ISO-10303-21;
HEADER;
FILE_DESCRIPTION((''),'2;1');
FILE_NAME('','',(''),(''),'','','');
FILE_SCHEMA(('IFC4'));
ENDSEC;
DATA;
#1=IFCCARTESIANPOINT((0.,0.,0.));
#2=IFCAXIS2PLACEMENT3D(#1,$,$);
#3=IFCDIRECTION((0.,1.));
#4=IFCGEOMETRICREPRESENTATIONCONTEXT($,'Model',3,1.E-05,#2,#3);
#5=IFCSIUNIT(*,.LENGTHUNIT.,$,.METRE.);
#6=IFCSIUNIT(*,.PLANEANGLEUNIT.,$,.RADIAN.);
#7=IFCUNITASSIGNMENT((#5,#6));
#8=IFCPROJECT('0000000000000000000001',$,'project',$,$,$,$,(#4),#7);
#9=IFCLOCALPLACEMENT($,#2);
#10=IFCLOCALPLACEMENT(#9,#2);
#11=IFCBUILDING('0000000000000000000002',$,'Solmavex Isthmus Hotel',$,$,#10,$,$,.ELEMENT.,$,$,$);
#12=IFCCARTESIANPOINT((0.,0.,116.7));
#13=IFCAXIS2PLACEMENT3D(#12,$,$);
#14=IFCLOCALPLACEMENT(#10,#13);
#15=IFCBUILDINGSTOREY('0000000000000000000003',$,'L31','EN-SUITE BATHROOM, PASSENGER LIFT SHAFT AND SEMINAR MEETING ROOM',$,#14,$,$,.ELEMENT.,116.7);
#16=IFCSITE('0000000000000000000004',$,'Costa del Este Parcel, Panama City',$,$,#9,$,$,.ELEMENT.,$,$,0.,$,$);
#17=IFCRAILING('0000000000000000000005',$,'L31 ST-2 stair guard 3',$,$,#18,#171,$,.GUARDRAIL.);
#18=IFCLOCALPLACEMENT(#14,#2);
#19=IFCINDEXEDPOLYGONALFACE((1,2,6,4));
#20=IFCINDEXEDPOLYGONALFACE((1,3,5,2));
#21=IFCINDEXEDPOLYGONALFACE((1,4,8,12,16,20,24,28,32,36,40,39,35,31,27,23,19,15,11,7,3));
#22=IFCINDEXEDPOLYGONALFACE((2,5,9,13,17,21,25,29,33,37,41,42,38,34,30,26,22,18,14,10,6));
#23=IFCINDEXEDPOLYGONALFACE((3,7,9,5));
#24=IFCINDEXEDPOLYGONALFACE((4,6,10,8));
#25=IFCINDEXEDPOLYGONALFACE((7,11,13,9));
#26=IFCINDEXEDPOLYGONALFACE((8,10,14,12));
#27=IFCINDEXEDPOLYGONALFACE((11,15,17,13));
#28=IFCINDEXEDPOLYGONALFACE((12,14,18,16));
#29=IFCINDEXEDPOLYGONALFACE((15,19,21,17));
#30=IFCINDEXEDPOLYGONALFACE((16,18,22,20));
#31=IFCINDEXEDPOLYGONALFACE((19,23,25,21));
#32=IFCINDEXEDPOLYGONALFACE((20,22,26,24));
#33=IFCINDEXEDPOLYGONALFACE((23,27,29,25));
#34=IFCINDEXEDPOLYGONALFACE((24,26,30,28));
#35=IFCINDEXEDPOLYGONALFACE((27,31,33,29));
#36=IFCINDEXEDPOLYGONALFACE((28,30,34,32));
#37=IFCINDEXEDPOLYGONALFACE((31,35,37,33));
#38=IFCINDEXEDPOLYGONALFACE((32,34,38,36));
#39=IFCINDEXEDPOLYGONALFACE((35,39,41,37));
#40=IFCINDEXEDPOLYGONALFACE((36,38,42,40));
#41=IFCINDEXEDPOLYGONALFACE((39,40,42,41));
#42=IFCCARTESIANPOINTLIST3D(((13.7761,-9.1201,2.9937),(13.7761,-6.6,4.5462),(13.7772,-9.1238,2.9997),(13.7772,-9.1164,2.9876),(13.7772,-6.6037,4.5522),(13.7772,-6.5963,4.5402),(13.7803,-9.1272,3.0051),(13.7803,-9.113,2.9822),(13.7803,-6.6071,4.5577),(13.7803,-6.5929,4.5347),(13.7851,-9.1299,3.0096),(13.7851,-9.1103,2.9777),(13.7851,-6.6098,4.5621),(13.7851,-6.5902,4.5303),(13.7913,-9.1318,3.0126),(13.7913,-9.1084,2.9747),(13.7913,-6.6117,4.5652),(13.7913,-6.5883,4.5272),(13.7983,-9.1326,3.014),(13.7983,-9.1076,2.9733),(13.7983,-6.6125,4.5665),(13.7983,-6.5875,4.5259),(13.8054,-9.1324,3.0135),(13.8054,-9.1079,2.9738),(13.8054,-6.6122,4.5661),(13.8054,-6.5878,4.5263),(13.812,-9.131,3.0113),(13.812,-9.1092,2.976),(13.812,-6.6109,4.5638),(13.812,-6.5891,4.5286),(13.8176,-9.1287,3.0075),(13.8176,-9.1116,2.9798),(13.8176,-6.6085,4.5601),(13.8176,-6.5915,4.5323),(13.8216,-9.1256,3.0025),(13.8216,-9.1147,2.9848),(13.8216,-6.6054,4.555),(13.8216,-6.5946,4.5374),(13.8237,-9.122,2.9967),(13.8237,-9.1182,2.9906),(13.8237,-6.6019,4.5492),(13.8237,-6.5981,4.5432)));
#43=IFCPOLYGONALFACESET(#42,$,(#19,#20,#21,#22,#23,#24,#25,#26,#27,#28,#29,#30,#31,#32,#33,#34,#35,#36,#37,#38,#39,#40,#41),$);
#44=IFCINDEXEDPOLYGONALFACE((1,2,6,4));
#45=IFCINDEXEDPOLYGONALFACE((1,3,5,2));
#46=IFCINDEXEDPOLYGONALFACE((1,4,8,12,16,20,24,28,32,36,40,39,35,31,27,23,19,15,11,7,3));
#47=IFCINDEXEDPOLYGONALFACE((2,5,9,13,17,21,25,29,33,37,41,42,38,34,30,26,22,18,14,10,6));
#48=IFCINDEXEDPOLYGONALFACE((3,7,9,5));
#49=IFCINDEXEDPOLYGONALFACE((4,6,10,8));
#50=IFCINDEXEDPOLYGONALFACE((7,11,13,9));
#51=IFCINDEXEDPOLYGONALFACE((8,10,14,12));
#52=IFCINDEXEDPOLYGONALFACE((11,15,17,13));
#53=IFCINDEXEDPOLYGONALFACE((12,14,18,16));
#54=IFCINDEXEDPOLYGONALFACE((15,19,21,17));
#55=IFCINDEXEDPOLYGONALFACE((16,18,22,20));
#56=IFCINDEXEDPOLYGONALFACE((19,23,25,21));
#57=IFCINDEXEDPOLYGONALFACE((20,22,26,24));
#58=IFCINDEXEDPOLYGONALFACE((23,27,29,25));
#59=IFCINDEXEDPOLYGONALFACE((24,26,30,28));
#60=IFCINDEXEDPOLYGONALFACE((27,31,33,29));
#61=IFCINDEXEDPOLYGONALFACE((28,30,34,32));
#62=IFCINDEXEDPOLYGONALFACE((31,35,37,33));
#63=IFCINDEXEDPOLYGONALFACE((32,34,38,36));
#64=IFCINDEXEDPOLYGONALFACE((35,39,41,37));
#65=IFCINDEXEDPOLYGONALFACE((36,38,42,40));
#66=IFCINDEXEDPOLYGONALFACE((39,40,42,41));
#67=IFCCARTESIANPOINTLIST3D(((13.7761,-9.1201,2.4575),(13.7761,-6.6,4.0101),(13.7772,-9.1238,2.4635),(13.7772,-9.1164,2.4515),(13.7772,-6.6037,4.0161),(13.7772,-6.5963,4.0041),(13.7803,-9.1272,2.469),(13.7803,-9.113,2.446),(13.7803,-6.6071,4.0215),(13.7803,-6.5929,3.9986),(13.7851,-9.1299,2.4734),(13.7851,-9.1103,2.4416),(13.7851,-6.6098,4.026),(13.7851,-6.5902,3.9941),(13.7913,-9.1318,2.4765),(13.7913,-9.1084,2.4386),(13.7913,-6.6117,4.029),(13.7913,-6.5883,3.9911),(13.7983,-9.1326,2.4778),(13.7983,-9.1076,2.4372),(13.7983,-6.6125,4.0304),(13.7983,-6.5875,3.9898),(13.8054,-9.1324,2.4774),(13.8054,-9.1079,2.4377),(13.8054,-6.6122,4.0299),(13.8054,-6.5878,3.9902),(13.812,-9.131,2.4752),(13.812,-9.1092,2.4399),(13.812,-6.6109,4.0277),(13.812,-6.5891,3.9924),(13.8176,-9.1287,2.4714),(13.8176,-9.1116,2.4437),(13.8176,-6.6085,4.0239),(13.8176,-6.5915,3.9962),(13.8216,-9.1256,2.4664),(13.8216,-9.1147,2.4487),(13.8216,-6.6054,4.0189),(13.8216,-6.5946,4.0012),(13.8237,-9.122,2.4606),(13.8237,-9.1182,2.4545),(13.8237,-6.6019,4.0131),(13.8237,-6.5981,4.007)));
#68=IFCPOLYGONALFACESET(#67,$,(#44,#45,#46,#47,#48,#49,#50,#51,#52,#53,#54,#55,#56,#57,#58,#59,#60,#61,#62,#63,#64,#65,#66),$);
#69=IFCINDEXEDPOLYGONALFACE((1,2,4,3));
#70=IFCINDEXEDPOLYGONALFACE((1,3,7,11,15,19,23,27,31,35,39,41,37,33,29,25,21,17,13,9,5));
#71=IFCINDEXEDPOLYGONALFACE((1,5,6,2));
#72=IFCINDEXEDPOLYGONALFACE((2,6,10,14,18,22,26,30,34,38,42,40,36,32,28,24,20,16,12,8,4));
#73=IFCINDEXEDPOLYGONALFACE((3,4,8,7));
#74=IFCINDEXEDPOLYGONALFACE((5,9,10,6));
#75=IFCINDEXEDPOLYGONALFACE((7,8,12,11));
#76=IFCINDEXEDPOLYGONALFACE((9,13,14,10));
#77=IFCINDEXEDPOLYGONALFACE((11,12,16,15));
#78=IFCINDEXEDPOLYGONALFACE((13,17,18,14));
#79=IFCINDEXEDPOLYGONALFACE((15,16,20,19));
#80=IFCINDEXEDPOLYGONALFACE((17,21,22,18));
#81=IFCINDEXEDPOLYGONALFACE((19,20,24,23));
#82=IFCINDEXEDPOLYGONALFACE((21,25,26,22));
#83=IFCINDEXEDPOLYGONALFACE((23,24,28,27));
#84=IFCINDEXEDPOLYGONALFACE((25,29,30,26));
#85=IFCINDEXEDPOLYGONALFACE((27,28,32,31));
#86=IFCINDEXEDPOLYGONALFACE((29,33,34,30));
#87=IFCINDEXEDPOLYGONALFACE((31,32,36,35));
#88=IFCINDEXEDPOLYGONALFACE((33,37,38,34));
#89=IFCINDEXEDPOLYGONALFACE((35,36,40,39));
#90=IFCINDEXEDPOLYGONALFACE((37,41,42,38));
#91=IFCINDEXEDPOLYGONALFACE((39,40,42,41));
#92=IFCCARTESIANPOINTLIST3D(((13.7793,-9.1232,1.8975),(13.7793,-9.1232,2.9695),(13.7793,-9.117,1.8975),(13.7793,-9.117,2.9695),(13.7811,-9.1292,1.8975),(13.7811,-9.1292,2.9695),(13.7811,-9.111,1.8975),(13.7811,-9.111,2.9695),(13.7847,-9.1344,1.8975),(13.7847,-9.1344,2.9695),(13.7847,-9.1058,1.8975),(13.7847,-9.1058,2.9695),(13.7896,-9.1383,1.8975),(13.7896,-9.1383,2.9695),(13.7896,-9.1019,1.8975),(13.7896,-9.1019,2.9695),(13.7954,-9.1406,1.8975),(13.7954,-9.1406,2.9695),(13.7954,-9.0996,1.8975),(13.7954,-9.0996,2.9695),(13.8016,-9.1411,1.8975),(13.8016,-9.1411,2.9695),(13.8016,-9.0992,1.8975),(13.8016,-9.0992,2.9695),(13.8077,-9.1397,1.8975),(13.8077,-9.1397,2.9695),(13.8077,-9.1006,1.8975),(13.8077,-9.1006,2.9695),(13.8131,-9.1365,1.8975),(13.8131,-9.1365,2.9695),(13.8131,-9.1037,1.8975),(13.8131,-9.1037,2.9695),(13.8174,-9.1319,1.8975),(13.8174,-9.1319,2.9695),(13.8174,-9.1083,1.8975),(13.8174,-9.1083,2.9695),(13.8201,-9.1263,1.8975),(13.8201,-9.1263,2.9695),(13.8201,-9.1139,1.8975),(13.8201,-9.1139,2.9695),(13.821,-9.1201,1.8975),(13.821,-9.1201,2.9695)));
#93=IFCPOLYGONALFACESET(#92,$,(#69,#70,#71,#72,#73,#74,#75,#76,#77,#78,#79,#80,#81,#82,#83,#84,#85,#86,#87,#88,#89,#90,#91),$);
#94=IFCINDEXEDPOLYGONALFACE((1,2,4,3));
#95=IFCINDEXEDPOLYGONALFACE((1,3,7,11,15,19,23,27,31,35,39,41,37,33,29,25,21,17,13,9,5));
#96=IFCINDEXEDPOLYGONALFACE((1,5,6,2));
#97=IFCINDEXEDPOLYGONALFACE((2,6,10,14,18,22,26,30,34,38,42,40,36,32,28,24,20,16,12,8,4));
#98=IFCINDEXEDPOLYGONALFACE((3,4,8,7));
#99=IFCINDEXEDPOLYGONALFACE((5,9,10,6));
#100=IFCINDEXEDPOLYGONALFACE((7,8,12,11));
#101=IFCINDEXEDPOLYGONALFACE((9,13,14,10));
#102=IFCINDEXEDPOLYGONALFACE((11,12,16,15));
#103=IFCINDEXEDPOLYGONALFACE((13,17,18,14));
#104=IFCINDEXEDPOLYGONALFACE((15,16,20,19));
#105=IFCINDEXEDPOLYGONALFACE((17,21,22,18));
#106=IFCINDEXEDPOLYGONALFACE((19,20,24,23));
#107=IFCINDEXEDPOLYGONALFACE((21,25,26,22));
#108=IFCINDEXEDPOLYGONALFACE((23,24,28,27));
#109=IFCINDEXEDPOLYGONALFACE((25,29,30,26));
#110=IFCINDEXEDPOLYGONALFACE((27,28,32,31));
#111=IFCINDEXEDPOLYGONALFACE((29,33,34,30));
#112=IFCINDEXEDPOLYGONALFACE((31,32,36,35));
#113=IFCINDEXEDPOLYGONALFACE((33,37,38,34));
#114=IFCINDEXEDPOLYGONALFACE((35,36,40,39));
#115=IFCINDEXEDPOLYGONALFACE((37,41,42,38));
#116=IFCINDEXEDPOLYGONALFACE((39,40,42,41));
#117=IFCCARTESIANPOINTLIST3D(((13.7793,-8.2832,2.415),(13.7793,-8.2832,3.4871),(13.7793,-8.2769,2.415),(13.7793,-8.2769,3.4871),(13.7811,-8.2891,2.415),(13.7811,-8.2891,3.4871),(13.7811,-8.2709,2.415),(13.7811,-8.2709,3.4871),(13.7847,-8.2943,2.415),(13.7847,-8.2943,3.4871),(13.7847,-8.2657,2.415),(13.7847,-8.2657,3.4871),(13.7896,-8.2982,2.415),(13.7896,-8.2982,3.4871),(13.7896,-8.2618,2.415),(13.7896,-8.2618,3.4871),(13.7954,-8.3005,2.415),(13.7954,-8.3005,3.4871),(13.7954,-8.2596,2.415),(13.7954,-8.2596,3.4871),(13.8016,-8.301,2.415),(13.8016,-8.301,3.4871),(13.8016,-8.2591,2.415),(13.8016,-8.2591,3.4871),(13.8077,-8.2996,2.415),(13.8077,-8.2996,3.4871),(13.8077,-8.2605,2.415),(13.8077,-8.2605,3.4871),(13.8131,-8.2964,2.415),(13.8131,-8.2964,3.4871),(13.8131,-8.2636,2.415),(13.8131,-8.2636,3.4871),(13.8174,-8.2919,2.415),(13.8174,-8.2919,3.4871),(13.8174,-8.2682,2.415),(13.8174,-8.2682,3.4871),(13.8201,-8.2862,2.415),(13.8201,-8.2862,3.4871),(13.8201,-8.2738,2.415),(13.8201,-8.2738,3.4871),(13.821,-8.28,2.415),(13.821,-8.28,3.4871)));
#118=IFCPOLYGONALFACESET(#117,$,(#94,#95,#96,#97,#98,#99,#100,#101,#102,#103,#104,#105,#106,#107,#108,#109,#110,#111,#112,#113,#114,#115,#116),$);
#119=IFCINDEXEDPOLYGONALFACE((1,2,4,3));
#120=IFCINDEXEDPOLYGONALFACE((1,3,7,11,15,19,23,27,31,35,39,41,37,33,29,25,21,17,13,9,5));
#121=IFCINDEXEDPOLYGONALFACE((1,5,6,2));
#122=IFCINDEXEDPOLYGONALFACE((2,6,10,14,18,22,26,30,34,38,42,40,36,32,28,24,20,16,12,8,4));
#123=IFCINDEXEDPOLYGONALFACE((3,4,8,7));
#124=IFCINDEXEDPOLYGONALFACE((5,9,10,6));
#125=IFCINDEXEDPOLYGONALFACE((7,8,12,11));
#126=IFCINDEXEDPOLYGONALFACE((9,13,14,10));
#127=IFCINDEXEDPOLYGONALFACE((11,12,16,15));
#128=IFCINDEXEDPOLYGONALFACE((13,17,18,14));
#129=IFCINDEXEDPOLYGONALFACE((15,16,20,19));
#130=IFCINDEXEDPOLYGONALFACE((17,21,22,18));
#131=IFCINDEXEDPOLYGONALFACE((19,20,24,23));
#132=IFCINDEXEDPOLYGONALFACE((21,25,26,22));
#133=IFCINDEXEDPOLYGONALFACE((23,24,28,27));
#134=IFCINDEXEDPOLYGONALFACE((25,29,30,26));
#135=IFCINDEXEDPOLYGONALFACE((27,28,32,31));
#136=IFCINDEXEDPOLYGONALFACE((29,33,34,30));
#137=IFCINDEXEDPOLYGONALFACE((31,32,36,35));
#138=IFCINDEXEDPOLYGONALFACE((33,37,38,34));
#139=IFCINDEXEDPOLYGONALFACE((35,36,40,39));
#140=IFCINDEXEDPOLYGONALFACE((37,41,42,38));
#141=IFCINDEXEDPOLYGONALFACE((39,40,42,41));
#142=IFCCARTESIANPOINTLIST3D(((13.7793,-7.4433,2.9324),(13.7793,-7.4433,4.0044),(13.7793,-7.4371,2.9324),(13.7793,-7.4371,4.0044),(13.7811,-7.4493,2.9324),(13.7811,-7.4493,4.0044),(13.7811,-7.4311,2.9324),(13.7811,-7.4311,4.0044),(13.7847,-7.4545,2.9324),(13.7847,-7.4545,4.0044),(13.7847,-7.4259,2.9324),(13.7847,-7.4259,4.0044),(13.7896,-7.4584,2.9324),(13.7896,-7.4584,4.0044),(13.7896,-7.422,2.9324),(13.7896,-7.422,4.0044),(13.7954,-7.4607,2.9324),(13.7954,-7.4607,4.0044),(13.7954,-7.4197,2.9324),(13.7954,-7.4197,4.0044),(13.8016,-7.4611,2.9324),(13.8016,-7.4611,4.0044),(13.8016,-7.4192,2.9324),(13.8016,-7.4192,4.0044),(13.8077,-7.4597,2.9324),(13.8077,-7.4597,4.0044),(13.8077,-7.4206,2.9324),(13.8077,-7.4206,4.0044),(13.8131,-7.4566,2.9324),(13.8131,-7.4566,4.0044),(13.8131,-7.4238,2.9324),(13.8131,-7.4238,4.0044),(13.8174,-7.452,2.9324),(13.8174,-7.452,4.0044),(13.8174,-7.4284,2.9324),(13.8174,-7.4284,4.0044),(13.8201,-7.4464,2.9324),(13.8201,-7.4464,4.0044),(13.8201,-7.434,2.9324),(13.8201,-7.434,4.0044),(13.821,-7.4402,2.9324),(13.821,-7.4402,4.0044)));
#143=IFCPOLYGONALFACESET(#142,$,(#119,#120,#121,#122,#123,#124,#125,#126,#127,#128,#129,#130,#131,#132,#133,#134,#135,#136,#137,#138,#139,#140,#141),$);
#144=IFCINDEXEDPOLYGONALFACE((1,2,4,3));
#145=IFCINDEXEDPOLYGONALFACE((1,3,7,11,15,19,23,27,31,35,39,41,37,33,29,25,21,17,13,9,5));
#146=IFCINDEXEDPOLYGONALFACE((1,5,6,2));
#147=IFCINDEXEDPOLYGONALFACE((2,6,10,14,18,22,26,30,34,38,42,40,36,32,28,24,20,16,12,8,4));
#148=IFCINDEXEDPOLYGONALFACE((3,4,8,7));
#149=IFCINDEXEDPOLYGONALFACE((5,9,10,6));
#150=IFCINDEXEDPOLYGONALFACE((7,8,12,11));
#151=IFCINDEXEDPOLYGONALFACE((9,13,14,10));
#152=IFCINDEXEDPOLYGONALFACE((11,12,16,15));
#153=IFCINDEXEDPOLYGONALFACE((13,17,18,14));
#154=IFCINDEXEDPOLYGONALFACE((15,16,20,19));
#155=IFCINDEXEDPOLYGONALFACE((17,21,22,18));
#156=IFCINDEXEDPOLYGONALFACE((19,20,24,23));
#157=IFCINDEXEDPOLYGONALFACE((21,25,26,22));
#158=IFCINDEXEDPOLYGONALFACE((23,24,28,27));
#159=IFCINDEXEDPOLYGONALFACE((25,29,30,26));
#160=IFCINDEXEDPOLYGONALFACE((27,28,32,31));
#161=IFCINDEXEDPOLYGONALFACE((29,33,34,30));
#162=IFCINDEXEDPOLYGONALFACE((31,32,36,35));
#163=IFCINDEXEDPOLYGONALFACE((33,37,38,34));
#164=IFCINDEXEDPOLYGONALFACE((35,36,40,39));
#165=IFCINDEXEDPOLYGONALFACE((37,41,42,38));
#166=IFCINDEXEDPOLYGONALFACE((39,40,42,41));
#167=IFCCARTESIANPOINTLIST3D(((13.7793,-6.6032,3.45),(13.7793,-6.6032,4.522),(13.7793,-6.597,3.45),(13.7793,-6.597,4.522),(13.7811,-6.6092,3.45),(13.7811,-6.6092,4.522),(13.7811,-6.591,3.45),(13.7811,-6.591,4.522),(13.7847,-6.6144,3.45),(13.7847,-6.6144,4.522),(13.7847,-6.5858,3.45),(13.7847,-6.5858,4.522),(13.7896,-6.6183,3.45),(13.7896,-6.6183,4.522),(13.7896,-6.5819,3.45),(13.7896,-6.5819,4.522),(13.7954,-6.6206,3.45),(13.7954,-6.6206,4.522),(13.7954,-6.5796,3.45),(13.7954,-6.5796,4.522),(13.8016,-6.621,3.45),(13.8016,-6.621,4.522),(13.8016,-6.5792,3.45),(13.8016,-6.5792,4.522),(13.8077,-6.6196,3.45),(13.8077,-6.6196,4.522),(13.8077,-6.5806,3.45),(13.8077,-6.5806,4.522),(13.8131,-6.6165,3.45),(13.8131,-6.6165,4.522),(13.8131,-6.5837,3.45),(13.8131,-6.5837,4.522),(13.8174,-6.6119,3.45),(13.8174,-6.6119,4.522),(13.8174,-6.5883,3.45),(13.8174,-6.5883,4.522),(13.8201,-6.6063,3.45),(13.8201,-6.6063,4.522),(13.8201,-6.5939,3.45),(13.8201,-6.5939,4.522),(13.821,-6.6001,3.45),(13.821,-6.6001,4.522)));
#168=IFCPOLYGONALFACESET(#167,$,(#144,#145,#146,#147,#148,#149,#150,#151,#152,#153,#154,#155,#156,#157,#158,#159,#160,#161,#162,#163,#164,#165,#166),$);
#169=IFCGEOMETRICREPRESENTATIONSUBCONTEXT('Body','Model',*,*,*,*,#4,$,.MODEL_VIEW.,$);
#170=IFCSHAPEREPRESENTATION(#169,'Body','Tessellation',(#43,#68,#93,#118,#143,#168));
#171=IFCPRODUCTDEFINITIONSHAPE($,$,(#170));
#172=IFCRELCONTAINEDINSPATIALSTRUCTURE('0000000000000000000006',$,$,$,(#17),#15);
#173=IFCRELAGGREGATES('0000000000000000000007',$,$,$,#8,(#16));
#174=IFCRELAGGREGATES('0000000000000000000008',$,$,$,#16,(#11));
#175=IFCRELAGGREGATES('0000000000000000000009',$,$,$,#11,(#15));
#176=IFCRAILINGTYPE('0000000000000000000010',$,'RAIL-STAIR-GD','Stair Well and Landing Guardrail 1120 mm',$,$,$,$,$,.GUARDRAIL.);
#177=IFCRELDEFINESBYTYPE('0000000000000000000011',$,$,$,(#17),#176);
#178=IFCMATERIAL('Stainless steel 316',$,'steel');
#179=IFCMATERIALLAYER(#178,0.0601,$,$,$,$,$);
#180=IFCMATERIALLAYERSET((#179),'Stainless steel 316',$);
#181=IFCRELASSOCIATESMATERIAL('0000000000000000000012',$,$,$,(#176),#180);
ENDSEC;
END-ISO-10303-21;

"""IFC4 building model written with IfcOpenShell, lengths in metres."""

from ifc_helpers import new_model, si_unit, direction, frame, origin, origin_2d, place, context, subcontext, project, spatial, circle, extrude, material, layer, layer_set, type_object, element, save


model = new_model("IFC4")

# Units and contexts
model_context = context("Model", 3, precision=1e-05, world=origin(), true_north=direction((0.0, 1.0)))
body_context = subcontext(model_context, "Body", "Model", "MODEL_VIEW")
ifc_project = project(units=[si_unit("LENGTHUNIT", "METRE"), si_unit("PLANEANGLEUNIT", "RADIAN")], contexts=[model_context])

# Site, building, storey
site_placement = place(None, origin())
site = spatial("IfcSite", under=ifc_project, at=site_placement, Name="Costa del Este Parcel, Panama City", CompositionType="ELEMENT", RefElevation=0.0)
building_placement = place(site_placement, origin())
building = spatial("IfcBuilding", under=site, at=building_placement, Name="Solmavex Isthmus Hotel", CompositionType="ELEMENT")
storey_placement = place(building_placement, frame((0.0, 0.0, 116.7)))
storey = spatial("IfcBuildingStorey", under=building, at=storey_placement, Name="L31", Description="EN-SUITE BATHROOM, PASSENGER LIFT SHAFT AND SEMINAR MEETING ROOM", CompositionType="ELEMENT", Elevation=116.7)

# Railing
ifc_material_1 = material(Name="Stainless steel 316", Category="steel")
ifc_layer_1 = layer(ifc_material_1, 0.0601)
ifc_layer_set_1 = layer_set([ifc_layer_1], Name="Stainless steel 316")
railing_type_1 = type_object("IfcRailingType", Name="RAIL-STAIR-GD", Description="Stair Well and Landing Guardrail 1120 mm", PredefinedType="GUARDRAIL", material=ifc_layer_set_1)
railing_1_placement = place(storey_placement, frame((13.8, -9.1201, 1.8975)))
element("IfcRailing", 1, at=railing_1_placement, inside=storey, type_object=railing_type_1, Name="L31 ST-2 stair guard 3", PredefinedType="GUARDRAIL", context=body_context, shape_type="SweptSolid", body=[
    extrude(circle(Radius=0.0239, at=origin_2d()), frame((0.0, 0.0, 1.0962), z_axis=(0.0, 0.8514, 0.524516), x_axis=(-1.0, 0.0, 0.0)), (0.0, 0.0, 1.0), 2.96),
    extrude(circle(Radius=0.0239, at=origin_2d()), frame((0.0, 0.0, 0.5601), z_axis=(0.0, 0.8514, 0.524516), x_axis=(-1.0, 0.0, 0.0)), (0.0, 0.0, 1.0), 2.96),
    extrude(circle(Radius=0.021, at=origin_2d()), origin(), (0.0, 0.0, 1.0), 1.072),
    extrude(circle(Radius=0.021, at=origin_2d()), frame((0.0, 0.8401, 0.5176)), (0.0, 0.0, 1.0), 1.072),
    extrude(circle(Radius=0.021, at=origin_2d()), frame((0.0, 1.6799, 1.0349)), (0.0, 0.0, 1.0), 1.072),
    extrude(circle(Radius=0.021, at=origin_2d()), frame((0.0, 2.52, 1.5525)), (0.0, 0.0, 1.0), 1.072),
])

save(model, "model.ifc")
